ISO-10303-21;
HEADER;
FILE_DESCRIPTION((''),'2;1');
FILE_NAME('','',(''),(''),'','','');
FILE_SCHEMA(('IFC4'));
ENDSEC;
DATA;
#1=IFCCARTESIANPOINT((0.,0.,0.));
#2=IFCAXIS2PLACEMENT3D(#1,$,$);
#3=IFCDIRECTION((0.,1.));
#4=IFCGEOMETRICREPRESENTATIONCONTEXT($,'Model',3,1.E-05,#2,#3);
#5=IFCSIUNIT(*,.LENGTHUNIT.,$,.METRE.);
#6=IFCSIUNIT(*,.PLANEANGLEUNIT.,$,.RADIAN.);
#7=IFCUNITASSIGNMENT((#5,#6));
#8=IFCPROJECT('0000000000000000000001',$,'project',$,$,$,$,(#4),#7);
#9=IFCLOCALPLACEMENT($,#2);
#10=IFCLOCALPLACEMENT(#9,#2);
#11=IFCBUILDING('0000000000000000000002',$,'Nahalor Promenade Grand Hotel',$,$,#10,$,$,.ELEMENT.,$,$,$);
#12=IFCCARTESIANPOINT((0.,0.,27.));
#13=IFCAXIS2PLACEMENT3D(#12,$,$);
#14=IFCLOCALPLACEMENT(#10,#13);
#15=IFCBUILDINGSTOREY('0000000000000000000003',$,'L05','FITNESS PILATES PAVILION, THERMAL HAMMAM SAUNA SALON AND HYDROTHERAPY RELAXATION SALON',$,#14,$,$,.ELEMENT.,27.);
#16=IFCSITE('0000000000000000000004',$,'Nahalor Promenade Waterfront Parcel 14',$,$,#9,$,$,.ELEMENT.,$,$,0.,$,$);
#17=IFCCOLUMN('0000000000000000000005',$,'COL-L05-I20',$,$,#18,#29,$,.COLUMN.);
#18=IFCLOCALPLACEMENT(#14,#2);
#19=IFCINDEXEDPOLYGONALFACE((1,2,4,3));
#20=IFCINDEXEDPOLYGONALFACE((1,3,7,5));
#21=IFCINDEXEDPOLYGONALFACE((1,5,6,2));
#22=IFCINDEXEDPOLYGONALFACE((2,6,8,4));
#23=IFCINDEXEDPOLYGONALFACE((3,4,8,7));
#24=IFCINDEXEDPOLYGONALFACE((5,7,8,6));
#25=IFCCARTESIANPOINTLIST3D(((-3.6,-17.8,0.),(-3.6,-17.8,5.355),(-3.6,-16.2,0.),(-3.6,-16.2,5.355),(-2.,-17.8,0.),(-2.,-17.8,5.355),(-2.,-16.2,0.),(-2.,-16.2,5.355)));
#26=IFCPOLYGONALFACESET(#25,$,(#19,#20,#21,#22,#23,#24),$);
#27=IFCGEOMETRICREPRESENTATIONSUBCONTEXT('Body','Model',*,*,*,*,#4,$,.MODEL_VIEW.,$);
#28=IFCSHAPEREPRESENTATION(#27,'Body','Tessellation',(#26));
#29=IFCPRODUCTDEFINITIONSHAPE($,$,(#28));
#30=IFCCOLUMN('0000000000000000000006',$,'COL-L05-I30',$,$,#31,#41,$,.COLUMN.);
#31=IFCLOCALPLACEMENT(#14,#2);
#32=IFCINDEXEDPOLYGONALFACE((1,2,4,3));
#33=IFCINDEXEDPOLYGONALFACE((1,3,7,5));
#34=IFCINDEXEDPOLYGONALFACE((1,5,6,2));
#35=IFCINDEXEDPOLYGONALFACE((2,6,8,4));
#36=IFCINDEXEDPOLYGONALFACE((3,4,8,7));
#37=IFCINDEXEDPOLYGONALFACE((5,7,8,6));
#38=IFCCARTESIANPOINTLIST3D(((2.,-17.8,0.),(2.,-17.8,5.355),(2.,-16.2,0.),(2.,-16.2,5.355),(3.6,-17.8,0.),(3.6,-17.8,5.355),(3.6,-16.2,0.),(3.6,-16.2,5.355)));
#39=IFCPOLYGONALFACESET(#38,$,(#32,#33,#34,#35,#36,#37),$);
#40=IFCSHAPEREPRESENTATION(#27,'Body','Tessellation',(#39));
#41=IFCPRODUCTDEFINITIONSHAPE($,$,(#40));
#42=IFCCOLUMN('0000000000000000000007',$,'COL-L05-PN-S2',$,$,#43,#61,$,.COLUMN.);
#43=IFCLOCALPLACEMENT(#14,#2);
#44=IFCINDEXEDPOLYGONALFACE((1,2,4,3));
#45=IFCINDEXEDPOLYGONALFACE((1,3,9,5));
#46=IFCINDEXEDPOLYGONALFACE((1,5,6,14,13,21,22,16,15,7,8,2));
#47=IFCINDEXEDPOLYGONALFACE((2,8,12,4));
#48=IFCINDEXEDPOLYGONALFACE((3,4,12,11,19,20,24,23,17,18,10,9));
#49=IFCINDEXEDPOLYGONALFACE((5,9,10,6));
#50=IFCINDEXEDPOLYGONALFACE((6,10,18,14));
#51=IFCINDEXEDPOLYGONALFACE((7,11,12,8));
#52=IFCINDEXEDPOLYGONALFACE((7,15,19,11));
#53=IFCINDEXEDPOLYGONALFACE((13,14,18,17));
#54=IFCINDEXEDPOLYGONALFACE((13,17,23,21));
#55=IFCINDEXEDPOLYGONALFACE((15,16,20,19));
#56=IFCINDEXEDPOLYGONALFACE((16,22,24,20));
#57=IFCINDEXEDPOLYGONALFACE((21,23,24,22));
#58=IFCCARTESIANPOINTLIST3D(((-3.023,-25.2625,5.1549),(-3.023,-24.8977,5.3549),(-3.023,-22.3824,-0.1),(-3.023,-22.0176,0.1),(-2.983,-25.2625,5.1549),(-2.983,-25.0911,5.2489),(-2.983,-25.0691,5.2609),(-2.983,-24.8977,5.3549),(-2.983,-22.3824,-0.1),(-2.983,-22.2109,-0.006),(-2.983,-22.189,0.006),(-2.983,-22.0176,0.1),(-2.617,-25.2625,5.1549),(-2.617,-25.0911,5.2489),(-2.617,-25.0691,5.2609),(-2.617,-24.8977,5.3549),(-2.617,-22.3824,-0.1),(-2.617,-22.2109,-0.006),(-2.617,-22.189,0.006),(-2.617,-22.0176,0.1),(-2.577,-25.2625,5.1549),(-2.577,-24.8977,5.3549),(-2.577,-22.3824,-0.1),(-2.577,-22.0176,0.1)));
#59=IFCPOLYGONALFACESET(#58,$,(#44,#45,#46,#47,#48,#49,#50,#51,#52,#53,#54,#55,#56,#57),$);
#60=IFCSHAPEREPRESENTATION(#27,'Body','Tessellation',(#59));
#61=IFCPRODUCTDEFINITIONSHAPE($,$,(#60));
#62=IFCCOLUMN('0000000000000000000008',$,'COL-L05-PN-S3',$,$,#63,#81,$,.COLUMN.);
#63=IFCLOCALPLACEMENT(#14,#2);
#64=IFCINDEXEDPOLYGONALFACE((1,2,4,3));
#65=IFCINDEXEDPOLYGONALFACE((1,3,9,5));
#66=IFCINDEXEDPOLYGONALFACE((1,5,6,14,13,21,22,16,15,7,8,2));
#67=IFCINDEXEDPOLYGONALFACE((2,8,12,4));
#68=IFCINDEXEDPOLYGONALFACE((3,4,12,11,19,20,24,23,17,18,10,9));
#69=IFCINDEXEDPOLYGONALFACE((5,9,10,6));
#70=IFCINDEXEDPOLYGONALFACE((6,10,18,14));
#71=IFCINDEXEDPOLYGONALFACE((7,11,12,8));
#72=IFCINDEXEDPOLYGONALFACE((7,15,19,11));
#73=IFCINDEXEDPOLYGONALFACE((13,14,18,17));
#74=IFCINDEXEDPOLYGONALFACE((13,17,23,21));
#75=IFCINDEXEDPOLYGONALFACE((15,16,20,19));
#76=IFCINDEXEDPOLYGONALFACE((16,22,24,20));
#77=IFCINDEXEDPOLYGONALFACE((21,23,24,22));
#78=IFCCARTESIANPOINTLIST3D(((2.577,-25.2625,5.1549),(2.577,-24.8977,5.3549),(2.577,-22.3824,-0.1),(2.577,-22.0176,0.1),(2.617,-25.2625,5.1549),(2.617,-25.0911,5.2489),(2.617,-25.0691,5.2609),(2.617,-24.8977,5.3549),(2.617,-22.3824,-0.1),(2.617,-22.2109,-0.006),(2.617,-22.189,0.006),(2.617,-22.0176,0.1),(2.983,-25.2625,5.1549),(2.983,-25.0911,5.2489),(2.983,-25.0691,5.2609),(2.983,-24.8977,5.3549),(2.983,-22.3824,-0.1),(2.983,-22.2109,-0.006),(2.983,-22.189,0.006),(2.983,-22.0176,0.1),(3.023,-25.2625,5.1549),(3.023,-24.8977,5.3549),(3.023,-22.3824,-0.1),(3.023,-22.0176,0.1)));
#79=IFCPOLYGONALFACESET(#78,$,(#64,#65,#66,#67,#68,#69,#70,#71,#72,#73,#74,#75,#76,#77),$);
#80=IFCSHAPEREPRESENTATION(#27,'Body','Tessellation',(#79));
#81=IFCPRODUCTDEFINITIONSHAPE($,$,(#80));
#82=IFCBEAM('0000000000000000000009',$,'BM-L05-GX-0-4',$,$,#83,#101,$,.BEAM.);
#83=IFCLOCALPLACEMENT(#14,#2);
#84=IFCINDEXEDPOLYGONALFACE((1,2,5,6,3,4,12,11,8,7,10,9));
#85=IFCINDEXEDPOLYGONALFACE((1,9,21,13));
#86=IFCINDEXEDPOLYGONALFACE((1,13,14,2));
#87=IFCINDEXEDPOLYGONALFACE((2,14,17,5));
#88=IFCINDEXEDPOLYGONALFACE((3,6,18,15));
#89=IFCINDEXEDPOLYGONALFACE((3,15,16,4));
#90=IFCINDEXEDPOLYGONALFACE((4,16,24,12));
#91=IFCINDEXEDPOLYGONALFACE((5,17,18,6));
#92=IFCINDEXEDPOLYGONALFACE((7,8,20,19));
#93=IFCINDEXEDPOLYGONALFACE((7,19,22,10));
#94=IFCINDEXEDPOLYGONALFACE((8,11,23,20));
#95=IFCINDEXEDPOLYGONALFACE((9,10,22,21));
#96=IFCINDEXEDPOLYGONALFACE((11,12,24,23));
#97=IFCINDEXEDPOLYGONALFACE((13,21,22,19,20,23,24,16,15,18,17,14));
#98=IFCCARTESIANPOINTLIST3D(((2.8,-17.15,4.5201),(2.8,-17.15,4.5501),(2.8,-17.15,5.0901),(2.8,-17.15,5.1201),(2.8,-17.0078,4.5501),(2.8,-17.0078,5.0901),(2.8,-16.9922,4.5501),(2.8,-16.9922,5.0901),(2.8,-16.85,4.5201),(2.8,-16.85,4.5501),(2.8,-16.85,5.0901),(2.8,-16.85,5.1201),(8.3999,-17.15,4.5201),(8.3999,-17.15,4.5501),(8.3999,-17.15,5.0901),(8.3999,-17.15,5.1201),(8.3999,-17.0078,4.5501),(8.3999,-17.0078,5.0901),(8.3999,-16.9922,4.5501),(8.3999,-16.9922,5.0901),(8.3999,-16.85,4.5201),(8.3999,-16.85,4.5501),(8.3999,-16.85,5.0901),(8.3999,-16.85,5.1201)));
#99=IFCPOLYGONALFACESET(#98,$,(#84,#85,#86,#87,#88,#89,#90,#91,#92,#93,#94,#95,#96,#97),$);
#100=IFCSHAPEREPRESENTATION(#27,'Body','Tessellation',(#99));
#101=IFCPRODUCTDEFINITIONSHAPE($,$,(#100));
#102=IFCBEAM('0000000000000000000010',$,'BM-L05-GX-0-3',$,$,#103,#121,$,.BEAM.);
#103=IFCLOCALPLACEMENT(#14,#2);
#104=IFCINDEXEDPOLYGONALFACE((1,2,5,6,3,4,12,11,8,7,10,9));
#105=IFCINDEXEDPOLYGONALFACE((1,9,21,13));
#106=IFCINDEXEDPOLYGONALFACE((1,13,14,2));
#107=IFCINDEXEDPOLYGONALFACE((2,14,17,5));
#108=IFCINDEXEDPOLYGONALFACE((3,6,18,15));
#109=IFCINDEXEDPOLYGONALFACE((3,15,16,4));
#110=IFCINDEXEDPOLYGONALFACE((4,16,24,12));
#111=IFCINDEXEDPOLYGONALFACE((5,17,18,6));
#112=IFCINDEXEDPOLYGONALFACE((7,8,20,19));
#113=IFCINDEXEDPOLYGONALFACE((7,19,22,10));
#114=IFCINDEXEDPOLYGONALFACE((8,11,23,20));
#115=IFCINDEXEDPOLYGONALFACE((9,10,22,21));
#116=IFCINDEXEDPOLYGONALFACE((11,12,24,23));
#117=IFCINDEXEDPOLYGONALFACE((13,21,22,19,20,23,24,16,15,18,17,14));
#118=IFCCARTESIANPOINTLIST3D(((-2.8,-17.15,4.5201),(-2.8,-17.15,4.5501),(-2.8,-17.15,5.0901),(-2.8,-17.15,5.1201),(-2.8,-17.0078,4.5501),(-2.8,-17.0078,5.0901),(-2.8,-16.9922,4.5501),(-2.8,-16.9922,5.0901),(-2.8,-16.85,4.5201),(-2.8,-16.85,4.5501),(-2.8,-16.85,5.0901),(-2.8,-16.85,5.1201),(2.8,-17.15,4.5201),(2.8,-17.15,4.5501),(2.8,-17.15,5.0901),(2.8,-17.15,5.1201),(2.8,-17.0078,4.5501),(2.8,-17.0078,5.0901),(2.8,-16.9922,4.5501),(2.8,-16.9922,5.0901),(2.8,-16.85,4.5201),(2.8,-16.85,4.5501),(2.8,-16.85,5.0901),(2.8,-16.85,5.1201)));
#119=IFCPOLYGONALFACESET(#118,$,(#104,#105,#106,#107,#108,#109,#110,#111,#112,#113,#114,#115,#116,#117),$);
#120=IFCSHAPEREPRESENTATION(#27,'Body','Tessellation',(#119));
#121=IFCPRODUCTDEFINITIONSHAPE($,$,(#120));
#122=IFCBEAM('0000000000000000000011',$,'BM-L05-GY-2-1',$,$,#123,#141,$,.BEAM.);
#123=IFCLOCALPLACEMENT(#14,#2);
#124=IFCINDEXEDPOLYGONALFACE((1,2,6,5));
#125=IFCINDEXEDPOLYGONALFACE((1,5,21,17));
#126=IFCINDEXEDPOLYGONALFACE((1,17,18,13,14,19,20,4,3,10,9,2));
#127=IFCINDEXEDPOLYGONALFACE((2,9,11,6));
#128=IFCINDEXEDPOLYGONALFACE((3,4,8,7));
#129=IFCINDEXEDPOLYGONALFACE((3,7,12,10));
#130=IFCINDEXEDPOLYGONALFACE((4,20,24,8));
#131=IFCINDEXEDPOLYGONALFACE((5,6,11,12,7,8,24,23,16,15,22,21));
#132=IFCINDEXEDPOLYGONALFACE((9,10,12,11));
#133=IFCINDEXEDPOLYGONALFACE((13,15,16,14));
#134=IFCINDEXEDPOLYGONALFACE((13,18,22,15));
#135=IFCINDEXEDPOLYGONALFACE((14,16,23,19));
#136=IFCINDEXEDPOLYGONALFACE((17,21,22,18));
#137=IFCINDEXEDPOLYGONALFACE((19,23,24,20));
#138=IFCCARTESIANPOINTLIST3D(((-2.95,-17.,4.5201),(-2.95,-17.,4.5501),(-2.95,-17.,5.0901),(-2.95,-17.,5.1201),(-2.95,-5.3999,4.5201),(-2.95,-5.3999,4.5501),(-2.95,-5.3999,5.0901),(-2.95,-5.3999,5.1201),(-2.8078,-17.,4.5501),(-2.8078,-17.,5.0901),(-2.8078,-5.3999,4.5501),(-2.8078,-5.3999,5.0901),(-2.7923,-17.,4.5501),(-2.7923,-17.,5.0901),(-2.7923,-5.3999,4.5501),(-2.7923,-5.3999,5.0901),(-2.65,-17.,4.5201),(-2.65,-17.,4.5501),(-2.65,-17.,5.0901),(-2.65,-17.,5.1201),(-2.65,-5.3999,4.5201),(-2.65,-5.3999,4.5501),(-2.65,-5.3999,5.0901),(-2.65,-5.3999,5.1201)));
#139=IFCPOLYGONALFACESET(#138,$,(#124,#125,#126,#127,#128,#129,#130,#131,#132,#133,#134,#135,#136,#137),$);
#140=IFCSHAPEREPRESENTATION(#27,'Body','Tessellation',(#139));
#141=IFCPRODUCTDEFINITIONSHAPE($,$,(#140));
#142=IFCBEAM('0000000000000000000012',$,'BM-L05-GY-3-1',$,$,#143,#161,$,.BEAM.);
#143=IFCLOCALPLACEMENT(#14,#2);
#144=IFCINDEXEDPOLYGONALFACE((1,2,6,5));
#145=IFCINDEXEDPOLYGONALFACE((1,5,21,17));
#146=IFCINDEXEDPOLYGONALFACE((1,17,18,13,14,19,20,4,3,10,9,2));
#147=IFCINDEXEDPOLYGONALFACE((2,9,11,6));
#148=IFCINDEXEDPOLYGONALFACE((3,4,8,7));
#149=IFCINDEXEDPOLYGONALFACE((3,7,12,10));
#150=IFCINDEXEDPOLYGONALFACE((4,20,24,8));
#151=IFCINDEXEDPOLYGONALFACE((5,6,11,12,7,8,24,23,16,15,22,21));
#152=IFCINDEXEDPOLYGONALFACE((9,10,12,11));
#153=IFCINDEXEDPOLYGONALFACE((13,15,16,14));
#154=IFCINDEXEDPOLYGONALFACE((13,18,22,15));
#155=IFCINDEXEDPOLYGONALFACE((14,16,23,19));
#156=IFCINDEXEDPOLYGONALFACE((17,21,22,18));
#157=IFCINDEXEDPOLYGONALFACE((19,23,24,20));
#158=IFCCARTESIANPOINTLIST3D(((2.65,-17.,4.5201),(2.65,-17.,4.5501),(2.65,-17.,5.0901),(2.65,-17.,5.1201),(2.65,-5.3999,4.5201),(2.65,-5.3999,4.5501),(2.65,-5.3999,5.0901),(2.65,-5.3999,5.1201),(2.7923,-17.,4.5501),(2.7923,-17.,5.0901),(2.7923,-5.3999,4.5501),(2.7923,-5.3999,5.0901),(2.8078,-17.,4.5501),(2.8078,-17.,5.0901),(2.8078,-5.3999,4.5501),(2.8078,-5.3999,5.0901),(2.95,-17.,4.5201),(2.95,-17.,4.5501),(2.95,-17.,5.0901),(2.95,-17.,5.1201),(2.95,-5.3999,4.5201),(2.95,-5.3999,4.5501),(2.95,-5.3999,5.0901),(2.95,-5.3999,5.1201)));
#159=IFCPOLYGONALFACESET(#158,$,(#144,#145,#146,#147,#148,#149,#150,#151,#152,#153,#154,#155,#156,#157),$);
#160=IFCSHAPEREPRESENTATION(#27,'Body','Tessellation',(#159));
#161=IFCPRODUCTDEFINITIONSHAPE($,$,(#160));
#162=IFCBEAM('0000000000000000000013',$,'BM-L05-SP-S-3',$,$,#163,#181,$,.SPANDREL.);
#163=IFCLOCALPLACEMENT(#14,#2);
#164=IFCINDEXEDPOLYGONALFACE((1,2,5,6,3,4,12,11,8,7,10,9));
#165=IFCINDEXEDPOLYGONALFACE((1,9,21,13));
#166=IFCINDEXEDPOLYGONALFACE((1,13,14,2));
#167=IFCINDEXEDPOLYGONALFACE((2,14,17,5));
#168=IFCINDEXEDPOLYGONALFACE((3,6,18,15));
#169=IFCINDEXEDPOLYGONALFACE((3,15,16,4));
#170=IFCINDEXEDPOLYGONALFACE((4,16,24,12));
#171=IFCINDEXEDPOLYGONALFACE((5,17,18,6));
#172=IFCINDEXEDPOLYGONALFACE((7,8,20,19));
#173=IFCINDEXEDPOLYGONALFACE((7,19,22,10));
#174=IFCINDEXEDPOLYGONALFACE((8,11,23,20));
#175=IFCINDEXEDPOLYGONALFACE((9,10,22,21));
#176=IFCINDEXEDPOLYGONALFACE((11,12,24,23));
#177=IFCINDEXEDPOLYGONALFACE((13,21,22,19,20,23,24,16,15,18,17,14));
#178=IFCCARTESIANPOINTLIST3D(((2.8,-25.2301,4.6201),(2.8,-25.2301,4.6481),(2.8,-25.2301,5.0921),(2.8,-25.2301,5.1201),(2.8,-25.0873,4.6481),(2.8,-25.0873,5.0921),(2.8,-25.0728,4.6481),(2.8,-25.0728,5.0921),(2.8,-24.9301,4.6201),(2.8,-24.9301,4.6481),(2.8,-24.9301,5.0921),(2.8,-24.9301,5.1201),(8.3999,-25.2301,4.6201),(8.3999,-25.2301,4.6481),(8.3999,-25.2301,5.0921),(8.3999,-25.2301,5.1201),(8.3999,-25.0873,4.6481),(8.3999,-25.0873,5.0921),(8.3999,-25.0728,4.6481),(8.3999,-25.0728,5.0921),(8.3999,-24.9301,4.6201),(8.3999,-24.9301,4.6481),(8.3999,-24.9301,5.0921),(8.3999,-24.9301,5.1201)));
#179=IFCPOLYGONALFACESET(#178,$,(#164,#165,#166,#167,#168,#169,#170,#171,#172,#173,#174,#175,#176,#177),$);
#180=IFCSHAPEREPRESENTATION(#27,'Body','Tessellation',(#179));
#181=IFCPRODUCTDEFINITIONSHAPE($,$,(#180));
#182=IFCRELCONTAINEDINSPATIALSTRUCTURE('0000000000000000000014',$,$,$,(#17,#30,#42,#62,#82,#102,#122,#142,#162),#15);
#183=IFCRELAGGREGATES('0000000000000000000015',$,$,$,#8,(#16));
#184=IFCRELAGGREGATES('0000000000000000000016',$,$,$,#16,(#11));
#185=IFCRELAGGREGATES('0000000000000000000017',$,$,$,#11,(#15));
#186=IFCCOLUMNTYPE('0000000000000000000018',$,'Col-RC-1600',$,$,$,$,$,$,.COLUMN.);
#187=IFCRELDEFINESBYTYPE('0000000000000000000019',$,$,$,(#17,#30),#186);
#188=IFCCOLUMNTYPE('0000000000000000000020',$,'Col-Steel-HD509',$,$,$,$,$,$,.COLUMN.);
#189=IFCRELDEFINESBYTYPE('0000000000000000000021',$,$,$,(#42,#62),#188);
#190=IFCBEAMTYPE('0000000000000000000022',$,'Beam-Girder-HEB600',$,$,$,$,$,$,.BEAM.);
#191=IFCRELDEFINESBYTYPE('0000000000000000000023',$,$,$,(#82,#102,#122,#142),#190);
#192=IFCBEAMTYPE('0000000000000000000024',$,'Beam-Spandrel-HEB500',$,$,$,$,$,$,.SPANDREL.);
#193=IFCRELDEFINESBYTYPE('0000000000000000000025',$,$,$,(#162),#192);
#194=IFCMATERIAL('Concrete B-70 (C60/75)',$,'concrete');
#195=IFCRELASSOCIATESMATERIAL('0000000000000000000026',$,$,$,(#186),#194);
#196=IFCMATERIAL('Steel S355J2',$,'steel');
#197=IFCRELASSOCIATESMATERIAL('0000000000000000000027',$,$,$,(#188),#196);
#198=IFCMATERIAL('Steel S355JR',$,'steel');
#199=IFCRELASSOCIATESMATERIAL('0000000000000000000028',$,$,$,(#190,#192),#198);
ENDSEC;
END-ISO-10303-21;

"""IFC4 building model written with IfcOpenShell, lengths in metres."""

from ifc_helpers import new_model, si_unit, direction, frame, origin, origin_2d, place, context, subcontext, project, spatial, rectangle, i_section, extrude, source, transform, mapped, material, material_profile, profile_set, type_object, element, save


model = new_model("IFC4")

# Units and contexts
model_context = context("Model", 3, precision=1e-05, world=origin(), true_north=direction((0.0, 1.0)))
body_context = subcontext(model_context, "Body", "Model", "MODEL_VIEW")
ifc_project = project(units=[si_unit("LENGTHUNIT", "METRE"), si_unit("PLANEANGLEUNIT", "RADIAN")], contexts=[model_context])

# Site, building, storey
site_placement = place(None, origin())
site = spatial("IfcSite", under=ifc_project, at=site_placement, Name="Nahalor Promenade Waterfront Parcel 14", CompositionType="ELEMENT", RefElevation=0.0)
building_placement = place(site_placement, origin())
building = spatial("IfcBuilding", under=site, at=building_placement, Name="Nahalor Promenade Grand Hotel", CompositionType="ELEMENT")
storey_placement = place(building_placement, frame((0.0, 0.0, 27.0)))
storey = spatial("IfcBuildingStorey", under=building, at=storey_placement, Name="L05", Description="FITNESS PILATES PAVILION, THERMAL HAMMAM SAUNA SALON AND HYDROTHERAPY RELAXATION SALON", CompositionType="ELEMENT", Elevation=27.0)

# Columns
ifc_material_1 = material(Name="Concrete B-70 (C60/75)", Category="concrete")
ifc_material_profile_1 = material_profile(ifc_material_1, rectangle(XDim=1.6, YDim=1.6, at=origin_2d()), Name="RC 1600x1600")
ifc_profile_set_1 = profile_set([ifc_material_profile_1], Name="Concrete B-70 (C60/75)")
column_type_1 = type_object("IfcColumnType", Name="Col-RC-1600", PredefinedType="COLUMN", material=ifc_profile_set_1)
shared_shape_1 = source(origin(), body_context, "Body", "SweptSolid", [
    extrude(rectangle(XDim=1.6, YDim=1.6, at=origin_2d()), origin(), (0.0, 0.0, 1.0), 5.355),
])
for number, where, z_axis, x_axis, name in (
    (1, (-2.8, -17.0, 0.0), (0.0, 0.0, 1.0), (1.0, 0.0, 0.0), "COL-L05-I20"),
    (2, (2.8, -17.0, 0.0), (0.0, 0.0, 1.0), (1.0, 0.0, 0.0), "COL-L05-I30"),
):
    element("IfcColumn", number, at=place(storey_placement, frame(where, z_axis=z_axis, x_axis=x_axis)), inside=storey, type_object=column_type_1, Name=name, PredefinedType="COLUMN", context=body_context, shape_type="MappedRepresentation", body=[
        mapped(shared_shape_1, transform((0.0, 0.0, 0.0), scale=1.0)),
    ])
ifc_material_2 = material(Name="Steel S355J2", Category="steel")
ifc_material_profile_2 = material_profile(ifc_material_2, i_section(OverallWidth=0.416, OverallDepth=0.446, WebThickness=0.025, FlangeThickness=0.04, at=origin_2d()), Name="HD 400x509")
ifc_profile_set_2 = profile_set([ifc_material_profile_2], Name="Steel S355J2")
column_type_2 = type_object("IfcColumnType", Name="Col-Steel-HD509", PredefinedType="COLUMN", material=ifc_profile_set_2)
shared_shape_2 = source(origin(), body_context, "Body", "SweptSolid", [
    extrude(i_section(OverallWidth=0.416, OverallDepth=0.446, WebThickness=0.025, FlangeThickness=0.04, at=origin_2d()), origin(), (0.0, 0.0, 1.0), 5.9924),
])
for number, where, z_axis, x_axis, name in (
    (3, (-2.8, -22.2, 0.0), (0.0, -0.48063, 0.876924), (0.0, 0.876924, 0.48063), "COL-L05-PN-S2"),
    (4, (2.8, -22.2, 0.0), (0.0, -0.48063, 0.876924), (0.0, 0.876924, 0.48063), "COL-L05-PN-S3"),
):
    element("IfcColumn", number, at=place(storey_placement, frame(where, z_axis=z_axis, x_axis=x_axis)), inside=storey, type_object=column_type_2, Name=name, PredefinedType="COLUMN", context=body_context, shape_type="MappedRepresentation", body=[
        mapped(shared_shape_2, transform((0.0, 0.0, 0.0), scale=1.0)),
    ])

# Beams
ifc_material_3 = material(Name="Steel S355JR", Category="steel")
ifc_material_profile_3 = material_profile(ifc_material_3, i_section(OverallWidth=0.3, OverallDepth=0.6, WebThickness=0.0155, FlangeThickness=0.03, at=origin_2d()), Name="HEB 600")
ifc_profile_set_3 = profile_set([ifc_material_profile_3], Name="Steel S355JR")
beam_type_1 = type_object("IfcBeamType", Name="Beam-Girder-HEB600", PredefinedType="BEAM", material=ifc_profile_set_3)
shared_shape_3 = source(origin(), body_context, "Body", "SweptSolid", [
    extrude(i_section(OverallWidth=0.3, OverallDepth=0.6, WebThickness=0.0155, FlangeThickness=0.03, at=origin_2d()), origin(), (0.0, 0.0, 1.0), 5.5999),
])
beam_1_placement = place(storey_placement, frame((2.8, -17.0, 4.8201), z_axis=(1.0, 0.0, 0.0), x_axis=(0.0, 1.0, 0.0)))
element("IfcBeam", 5, at=beam_1_placement, inside=storey, type_object=beam_type_1, Name="BM-L05-GX-0-4", PredefinedType="BEAM", context=body_context, shape_type="MappedRepresentation", body=[
    mapped(shared_shape_3, transform((0.0, 0.0, 0.0), scale=1.0)),
])
shared_shape_4 = source(origin(), body_context, "Body", "SweptSolid", [
    extrude(i_section(OverallWidth=0.3, OverallDepth=0.6, WebThickness=0.0155, FlangeThickness=0.03, at=origin_2d()), origin(), (0.0, 0.0, 1.0), 5.6001),
])
beam_2_placement = place(storey_placement, frame((-2.8, -17.0, 4.8201), z_axis=(1.0, 0.0, 0.0), x_axis=(0.0, 1.0, 0.0)))
element("IfcBeam", 6, at=beam_2_placement, inside=storey, type_object=beam_type_1, Name="BM-L05-GX-0-3", PredefinedType="BEAM", context=body_context, shape_type="MappedRepresentation", body=[
    mapped(shared_shape_4, transform((0.0, 0.0, 0.0), scale=1.0)),
])
shared_shape_5 = source(origin(), body_context, "Body", "SweptSolid", [
    extrude(i_section(OverallWidth=0.3, OverallDepth=0.6, WebThickness=0.0155, FlangeThickness=0.03, at=origin_2d()), origin(), (0.0, 0.0, 1.0), 11.6001),
])
for number, where, z_axis, x_axis, name in (
    (7, (-2.8, -17.0, 4.8201), (0.0, 1.0, 0.0), (-1.0, 0.0, 0.0), "BM-L05-GY-2-1"),
    (8, (2.8, -17.0, 4.8201), (0.0, 1.0, 0.0), (-1.0, 0.0, 0.0), "BM-L05-GY-3-1"),
):
    element("IfcBeam", number, at=place(storey_placement, frame(where, z_axis=z_axis, x_axis=x_axis)), inside=storey, type_object=beam_type_1, Name=name, PredefinedType="BEAM", context=body_context, shape_type="MappedRepresentation", body=[
        mapped(shared_shape_5, transform((0.0, 0.0, 0.0), scale=1.0)),
    ])
ifc_material_profile_4 = material_profile(ifc_material_3, i_section(OverallWidth=0.3, OverallDepth=0.5, WebThickness=0.0145, FlangeThickness=0.028, at=origin_2d()), Name="HEB 500")
ifc_profile_set_4 = profile_set([ifc_material_profile_4], Name="Steel S355JR")
beam_type_2 = type_object("IfcBeamType", Name="Beam-Spandrel-HEB500", PredefinedType="SPANDREL", material=ifc_profile_set_4)
shared_shape_6 = source(origin(), body_context, "Body", "SweptSolid", [
    extrude(i_section(OverallWidth=0.3, OverallDepth=0.5, WebThickness=0.0145, FlangeThickness=0.028, at=origin_2d()), origin(), (0.0, 0.0, 1.0), 5.5999),
])
beam_3_placement = place(storey_placement, frame((2.8, -25.0801, 4.8701), z_axis=(1.0, 0.0, 0.0), x_axis=(0.0, 1.0, 0.0)))
element("IfcBeam", 9, at=beam_3_placement, inside=storey, type_object=beam_type_2, Name="BM-L05-SP-S-3", PredefinedType="SPANDREL", context=body_context, shape_type="MappedRepresentation", body=[
    mapped(shared_shape_6, transform((0.0, 0.0, 0.0), scale=1.0)),
])

save(model, "model.ifc")
